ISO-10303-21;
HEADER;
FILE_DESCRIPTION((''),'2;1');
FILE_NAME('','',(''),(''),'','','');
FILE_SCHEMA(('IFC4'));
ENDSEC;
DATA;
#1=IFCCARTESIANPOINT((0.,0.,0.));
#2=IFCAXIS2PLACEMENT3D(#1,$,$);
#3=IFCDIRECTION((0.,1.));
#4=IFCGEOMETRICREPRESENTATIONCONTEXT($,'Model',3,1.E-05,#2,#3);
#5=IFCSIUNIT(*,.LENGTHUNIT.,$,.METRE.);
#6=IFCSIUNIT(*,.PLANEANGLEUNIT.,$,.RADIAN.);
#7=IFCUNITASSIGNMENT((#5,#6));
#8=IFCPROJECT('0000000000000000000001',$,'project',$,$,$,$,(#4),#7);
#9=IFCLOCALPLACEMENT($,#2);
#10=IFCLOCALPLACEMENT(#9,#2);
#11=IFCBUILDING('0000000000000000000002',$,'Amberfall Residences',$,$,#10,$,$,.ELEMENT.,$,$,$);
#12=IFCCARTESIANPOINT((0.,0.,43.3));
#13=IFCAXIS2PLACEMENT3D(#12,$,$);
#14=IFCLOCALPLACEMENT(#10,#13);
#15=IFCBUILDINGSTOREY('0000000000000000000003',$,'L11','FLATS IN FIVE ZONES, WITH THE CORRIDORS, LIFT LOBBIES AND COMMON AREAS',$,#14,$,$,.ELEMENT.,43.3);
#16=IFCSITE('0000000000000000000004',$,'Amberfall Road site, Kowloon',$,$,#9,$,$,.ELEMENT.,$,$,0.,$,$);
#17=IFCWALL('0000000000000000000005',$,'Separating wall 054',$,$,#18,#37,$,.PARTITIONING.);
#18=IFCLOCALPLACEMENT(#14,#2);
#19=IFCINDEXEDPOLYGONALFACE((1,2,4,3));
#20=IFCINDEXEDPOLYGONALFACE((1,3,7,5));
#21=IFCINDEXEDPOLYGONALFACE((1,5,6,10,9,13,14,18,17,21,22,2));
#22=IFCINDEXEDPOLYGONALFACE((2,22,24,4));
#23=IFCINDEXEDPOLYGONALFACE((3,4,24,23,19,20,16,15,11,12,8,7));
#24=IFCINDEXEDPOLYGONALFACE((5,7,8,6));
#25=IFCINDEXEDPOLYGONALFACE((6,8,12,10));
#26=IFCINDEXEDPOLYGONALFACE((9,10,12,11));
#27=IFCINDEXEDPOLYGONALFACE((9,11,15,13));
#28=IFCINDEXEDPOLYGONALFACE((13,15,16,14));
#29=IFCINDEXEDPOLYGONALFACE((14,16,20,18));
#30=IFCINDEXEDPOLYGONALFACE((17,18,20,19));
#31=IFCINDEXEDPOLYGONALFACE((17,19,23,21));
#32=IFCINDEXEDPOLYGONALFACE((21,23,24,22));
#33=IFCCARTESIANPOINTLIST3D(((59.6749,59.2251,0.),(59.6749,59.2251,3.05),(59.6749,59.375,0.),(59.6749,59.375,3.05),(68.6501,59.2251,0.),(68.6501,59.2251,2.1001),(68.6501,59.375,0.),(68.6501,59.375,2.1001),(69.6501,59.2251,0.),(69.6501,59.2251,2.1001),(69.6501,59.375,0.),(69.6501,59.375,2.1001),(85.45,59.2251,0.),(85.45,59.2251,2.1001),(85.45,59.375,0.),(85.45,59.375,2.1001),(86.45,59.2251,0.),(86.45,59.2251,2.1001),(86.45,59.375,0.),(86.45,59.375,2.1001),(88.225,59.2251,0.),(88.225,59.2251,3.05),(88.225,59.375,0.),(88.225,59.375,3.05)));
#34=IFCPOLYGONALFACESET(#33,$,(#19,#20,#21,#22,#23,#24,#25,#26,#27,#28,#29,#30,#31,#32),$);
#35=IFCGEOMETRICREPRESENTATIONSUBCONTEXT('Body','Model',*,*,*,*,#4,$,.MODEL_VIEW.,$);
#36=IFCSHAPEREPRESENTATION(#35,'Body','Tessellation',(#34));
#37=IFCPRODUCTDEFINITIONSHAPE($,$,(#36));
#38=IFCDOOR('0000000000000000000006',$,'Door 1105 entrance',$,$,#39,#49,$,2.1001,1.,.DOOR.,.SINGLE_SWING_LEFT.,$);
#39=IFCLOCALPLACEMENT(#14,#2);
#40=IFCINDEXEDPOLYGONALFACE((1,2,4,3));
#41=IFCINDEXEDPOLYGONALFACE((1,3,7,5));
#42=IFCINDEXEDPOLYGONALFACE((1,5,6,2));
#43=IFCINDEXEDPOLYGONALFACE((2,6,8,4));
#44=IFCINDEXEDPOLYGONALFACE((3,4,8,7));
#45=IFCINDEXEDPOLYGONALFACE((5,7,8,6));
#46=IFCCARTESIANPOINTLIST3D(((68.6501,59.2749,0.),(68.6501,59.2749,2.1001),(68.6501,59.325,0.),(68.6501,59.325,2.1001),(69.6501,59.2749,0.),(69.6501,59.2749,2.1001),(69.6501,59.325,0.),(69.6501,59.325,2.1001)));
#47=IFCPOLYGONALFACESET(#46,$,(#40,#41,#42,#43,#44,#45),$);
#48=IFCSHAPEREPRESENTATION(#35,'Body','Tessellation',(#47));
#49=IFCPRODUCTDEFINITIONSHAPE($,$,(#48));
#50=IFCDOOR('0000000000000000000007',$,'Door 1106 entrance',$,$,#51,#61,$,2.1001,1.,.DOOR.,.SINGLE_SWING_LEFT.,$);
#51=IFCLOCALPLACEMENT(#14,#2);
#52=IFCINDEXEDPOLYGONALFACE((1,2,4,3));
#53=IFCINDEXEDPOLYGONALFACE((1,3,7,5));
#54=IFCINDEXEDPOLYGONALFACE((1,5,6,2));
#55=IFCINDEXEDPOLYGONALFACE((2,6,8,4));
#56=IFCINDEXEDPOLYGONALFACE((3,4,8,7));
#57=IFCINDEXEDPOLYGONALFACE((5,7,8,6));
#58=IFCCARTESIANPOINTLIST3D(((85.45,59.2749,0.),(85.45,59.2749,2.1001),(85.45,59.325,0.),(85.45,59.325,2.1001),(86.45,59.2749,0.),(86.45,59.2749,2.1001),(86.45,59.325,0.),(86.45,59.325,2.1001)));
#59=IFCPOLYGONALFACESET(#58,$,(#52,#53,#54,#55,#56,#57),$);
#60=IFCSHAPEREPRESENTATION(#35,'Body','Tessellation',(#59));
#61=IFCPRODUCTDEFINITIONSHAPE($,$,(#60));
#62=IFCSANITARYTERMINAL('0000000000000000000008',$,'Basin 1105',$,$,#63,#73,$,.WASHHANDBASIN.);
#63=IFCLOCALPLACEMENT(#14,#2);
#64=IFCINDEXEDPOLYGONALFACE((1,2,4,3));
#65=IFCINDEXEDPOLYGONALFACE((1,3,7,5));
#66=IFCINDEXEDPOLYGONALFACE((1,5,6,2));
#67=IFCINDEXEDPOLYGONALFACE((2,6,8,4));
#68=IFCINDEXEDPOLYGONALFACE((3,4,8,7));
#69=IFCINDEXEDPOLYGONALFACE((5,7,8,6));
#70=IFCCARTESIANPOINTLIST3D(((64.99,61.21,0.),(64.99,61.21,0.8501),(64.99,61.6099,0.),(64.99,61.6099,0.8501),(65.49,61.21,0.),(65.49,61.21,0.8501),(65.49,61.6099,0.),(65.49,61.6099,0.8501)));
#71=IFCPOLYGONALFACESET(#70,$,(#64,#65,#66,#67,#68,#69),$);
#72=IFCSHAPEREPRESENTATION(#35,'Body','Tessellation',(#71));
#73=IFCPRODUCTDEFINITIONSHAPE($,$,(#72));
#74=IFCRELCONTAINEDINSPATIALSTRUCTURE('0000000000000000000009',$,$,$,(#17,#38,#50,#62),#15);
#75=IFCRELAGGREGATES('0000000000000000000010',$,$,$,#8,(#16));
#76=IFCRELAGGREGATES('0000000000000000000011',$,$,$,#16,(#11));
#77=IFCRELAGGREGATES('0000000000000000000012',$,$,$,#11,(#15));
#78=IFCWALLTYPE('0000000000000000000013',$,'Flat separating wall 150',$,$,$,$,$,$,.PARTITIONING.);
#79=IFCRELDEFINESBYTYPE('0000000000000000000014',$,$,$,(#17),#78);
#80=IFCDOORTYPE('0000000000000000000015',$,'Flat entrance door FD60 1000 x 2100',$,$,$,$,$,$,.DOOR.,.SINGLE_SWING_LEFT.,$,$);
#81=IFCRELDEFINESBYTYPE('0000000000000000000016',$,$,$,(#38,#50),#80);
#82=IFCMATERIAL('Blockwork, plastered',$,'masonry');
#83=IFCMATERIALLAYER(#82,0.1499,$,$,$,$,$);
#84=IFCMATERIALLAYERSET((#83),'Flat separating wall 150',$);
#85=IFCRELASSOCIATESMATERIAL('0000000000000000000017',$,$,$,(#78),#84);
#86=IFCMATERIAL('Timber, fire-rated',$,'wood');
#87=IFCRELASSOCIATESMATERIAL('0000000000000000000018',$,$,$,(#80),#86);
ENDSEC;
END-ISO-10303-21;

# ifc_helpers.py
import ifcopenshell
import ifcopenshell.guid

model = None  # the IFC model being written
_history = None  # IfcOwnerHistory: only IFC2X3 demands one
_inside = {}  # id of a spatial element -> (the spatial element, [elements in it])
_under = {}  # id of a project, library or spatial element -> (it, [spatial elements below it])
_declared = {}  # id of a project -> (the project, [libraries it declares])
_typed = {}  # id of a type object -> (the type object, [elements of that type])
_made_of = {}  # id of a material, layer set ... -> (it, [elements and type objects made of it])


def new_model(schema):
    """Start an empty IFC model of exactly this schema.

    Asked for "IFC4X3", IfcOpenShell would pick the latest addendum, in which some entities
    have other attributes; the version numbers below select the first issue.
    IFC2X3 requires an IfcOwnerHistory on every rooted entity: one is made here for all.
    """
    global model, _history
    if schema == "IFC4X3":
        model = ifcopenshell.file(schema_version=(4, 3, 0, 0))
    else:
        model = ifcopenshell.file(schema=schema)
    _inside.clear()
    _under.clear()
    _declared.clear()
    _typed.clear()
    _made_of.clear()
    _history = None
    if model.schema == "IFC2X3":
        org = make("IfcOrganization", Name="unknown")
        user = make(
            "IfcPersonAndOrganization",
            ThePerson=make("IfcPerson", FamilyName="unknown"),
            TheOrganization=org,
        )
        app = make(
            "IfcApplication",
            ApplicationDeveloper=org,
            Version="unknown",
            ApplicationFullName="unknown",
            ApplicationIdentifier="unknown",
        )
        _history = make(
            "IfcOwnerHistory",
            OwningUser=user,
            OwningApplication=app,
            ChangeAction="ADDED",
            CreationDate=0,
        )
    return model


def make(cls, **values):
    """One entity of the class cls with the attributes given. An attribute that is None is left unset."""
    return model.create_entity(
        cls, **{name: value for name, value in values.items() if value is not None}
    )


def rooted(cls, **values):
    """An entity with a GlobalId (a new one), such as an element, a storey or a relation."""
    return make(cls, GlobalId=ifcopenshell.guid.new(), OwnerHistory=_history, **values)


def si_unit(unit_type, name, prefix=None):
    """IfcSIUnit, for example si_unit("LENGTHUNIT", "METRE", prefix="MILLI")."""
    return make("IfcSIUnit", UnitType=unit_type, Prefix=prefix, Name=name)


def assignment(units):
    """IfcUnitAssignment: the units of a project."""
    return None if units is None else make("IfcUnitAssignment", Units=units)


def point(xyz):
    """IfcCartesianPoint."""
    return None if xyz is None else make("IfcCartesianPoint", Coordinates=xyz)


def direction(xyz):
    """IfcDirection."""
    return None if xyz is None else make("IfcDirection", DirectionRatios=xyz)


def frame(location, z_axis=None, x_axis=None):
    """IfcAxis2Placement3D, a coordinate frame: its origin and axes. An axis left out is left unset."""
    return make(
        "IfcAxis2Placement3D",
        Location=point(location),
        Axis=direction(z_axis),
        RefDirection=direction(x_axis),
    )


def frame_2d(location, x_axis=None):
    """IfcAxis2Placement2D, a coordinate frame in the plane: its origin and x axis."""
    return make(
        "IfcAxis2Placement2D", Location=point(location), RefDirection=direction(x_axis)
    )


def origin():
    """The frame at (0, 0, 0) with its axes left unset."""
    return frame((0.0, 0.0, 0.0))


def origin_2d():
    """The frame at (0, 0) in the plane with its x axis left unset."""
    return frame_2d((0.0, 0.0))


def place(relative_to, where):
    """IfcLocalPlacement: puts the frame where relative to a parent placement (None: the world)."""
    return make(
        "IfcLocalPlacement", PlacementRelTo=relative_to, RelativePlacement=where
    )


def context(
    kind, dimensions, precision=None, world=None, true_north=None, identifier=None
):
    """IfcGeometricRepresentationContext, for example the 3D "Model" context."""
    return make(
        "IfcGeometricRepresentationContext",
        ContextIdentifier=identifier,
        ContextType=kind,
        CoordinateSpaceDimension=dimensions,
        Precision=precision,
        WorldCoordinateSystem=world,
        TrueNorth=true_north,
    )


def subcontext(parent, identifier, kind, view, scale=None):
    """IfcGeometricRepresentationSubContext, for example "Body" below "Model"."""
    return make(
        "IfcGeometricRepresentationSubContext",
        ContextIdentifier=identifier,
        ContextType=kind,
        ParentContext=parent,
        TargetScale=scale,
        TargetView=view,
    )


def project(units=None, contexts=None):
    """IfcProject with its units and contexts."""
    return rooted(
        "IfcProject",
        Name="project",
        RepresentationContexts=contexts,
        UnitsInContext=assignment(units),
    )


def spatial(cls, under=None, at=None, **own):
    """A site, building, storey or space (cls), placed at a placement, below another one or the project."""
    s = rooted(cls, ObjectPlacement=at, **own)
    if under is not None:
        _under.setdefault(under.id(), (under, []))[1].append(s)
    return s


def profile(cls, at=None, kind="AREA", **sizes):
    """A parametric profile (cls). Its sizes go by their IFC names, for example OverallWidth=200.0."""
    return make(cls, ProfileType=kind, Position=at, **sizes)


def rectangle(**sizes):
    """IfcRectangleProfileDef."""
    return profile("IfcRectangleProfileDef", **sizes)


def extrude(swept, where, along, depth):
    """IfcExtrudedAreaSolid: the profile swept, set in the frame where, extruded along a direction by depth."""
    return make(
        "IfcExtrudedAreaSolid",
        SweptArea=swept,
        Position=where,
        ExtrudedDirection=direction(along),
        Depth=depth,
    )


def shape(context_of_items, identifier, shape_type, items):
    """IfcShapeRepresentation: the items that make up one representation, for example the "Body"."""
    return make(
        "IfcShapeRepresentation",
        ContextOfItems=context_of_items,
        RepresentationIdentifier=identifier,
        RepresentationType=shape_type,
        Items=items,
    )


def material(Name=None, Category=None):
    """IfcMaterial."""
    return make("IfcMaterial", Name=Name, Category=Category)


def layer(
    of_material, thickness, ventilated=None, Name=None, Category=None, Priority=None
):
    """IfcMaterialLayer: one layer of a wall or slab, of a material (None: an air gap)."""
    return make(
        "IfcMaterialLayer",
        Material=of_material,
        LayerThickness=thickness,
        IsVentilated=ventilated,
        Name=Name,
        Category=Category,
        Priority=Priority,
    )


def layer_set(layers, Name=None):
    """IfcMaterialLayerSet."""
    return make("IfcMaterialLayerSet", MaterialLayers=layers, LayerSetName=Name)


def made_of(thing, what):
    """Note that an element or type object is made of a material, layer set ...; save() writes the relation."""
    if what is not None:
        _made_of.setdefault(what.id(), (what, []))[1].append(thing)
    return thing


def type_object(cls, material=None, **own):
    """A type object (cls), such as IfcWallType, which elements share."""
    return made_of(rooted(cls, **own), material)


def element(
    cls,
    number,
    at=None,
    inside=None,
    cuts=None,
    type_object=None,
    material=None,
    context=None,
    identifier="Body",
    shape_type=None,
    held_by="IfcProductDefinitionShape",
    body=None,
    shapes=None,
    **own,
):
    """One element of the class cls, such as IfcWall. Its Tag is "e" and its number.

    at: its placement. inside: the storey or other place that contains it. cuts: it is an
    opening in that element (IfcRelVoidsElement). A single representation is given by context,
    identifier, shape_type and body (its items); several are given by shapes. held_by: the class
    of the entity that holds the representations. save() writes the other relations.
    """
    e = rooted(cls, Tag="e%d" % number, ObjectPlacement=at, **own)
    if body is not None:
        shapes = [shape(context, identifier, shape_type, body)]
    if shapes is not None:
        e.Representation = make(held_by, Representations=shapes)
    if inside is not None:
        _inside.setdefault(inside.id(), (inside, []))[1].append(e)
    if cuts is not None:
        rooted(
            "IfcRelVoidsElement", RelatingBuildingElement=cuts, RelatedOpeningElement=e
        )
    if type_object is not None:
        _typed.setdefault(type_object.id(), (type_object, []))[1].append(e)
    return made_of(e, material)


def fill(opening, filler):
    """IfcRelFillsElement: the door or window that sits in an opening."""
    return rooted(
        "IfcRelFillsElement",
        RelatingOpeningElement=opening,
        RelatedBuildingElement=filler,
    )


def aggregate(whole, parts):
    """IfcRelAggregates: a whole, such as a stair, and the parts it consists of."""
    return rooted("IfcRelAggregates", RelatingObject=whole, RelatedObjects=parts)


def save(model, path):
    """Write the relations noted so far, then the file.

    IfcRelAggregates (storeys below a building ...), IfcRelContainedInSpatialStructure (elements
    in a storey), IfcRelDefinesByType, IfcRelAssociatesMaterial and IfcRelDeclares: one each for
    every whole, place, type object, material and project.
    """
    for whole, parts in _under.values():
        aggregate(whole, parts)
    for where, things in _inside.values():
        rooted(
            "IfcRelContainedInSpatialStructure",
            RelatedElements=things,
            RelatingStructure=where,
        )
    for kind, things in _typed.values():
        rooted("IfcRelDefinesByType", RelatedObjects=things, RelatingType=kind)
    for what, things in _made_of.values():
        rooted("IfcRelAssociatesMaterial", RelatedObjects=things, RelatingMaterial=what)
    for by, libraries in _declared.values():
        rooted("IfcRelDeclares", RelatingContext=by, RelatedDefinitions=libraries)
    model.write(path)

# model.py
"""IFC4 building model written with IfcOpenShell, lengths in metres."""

from ifc_helpers import new_model, si_unit, direction, frame, frame_2d, origin, origin_2d, place, context, subcontext, project, spatial, rectangle, extrude, material, layer, layer_set, type_object, element, fill, save


model = new_model("IFC4")

# Units and contexts
model_context = context("Model", 3, precision=1e-05, world=origin(), true_north=direction((0.0, 1.0)))
body_context = subcontext(model_context, "Body", "Model", "MODEL_VIEW")
ifc_project = project(units=[si_unit("LENGTHUNIT", "METRE"), si_unit("PLANEANGLEUNIT", "RADIAN")], contexts=[model_context])

# Site, building, storey
site_placement = place(None, origin())
site = spatial("IfcSite", under=ifc_project, at=site_placement, Name="Amberfall Road site, Kowloon", CompositionType="ELEMENT", RefElevation=0.0)
building_placement = place(site_placement, origin())
building = spatial("IfcBuilding", under=site, at=building_placement, Name="Amberfall Residences", CompositionType="ELEMENT")
storey_placement = place(building_placement, frame((0.0, 0.0, 43.3)))
storey = spatial("IfcBuildingStorey", under=building, at=storey_placement, Name="L11", Description="FLATS IN FIVE ZONES, WITH THE CORRIDORS, LIFT LOBBIES AND COMMON AREAS", CompositionType="ELEMENT", Elevation=43.3)

# Shared definitions
ifc_material_1 = material(Name="Blockwork, plastered", Category="masonry")
ifc_layer_1 = layer(ifc_material_1, 0.1499)
ifc_layer_set_1 = layer_set([ifc_layer_1], Name="Flat separating wall 150")
wall_type_1 = type_object("IfcWallType", Name="Flat separating wall 150", PredefinedType="PARTITIONING", material=ifc_layer_set_1)

# Wall, openings, doors
wall_1_placement = place(storey_placement, frame((59.675, 59.3, 0.0), z_axis=(0.0, 0.0, 1.0), x_axis=(1.0, 0.0, 0.0)))
wall_1 = element("IfcWall", 1, at=wall_1_placement, inside=storey, type_object=wall_type_1, Name="Separating wall 054", PredefinedType="PARTITIONING", context=body_context, shape_type="SweptSolid", body=[
    extrude(rectangle(XDim=28.55, YDim=0.1499, at=frame_2d((14.2749, 0.0))), origin(), (0.0, 0.0, 1.0), 3.05),
])
opening_1_placement = place(wall_1_placement, frame((8.9751, 0.0, 0.0)))
opening_1 = element("IfcOpeningElement", 2, at=opening_1_placement, cuts=wall_1, PredefinedType="OPENING", context=body_context, shape_type="SweptSolid", body=[
    extrude(rectangle(XDim=1.0, YDim=2.1001, at=frame_2d((0.5, 1.05))), frame((0.0, 0.085, 0.0), z_axis=(0.0, -1.0, 0.0), x_axis=(1.0, 0.0, 0.0)), (0.0, 0.0, 1.0), 0.1699),
])
opening_2_placement = place(wall_1_placement, frame((25.7749, 0.0, 0.0)))
opening_2 = element("IfcOpeningElement", 3, at=opening_2_placement, cuts=wall_1, PredefinedType="OPENING", context=body_context, shape_type="SweptSolid", body=[
    extrude(rectangle(XDim=1.0, YDim=2.1001, at=frame_2d((0.5, 1.05))), frame((0.0, 0.085, 0.0), z_axis=(0.0, -1.0, 0.0), x_axis=(1.0, 0.0, 0.0)), (0.0, 0.0, 1.0), 0.1699),
])
ifc_material_2 = material(Name="Timber, fire-rated", Category="wood")
door_type_1 = type_object("IfcDoorType", Name="Flat entrance door FD60 1000 x 2100", OperationType="SINGLE_SWING_LEFT", PredefinedType="DOOR", material=ifc_material_2)
door_1_placement = place(opening_1_placement, origin())
door_1 = element("IfcDoor", 4, at=door_1_placement, inside=storey, type_object=door_type_1, Name="Door 1105 entrance", OperationType="SINGLE_SWING_LEFT", OverallHeight=2.1001, OverallWidth=1.0, PredefinedType="DOOR", context=body_context, shape_type="SweptSolid", body=[
    extrude(rectangle(XDim=1.0, YDim=2.1001, at=frame_2d((0.5, 1.05))), frame((0.0, 0.0249, 0.0), z_axis=(0.0, -1.0, 0.0), x_axis=(1.0, 0.0, 0.0)), (0.0, 0.0, 1.0), 0.05),
])
fill(opening_1, door_1)
door_2_placement = place(opening_2_placement, origin())
door_2 = element("IfcDoor", 5, at=door_2_placement, inside=storey, type_object=door_type_1, Name="Door 1106 entrance", OperationType="SINGLE_SWING_LEFT", OverallHeight=2.1001, OverallWidth=1.0, PredefinedType="DOOR", context=body_context, shape_type="SweptSolid", body=[
    extrude(rectangle(XDim=1.0, YDim=2.1001, at=frame_2d((0.5, 1.05))), frame((0.0, 0.0249, 0.0), z_axis=(0.0, -1.0, 0.0), x_axis=(1.0, 0.0, 0.0)), (0.0, 0.0, 1.0), 0.05),
])
fill(opening_2, door_2)

# Sanitary terminal
sanitary_terminal_placement = place(storey_placement, frame((65.24, 61.4099, 0.0), z_axis=(0.0, 0.0, 1.0), x_axis=(1.0, 0.0, 0.0)))
element("IfcSanitaryTerminal", 6, at=sanitary_terminal_placement, inside=storey, Name="Basin 1105", PredefinedType="WASHHANDBASIN", context=body_context, shape_type="SweptSolid", body=[
    extrude(rectangle(XDim=0.5, YDim=0.3999, at=origin_2d()), origin(), (0.0, 0.0, 1.0), 0.8501),
])

save(model, "model.ifc")
